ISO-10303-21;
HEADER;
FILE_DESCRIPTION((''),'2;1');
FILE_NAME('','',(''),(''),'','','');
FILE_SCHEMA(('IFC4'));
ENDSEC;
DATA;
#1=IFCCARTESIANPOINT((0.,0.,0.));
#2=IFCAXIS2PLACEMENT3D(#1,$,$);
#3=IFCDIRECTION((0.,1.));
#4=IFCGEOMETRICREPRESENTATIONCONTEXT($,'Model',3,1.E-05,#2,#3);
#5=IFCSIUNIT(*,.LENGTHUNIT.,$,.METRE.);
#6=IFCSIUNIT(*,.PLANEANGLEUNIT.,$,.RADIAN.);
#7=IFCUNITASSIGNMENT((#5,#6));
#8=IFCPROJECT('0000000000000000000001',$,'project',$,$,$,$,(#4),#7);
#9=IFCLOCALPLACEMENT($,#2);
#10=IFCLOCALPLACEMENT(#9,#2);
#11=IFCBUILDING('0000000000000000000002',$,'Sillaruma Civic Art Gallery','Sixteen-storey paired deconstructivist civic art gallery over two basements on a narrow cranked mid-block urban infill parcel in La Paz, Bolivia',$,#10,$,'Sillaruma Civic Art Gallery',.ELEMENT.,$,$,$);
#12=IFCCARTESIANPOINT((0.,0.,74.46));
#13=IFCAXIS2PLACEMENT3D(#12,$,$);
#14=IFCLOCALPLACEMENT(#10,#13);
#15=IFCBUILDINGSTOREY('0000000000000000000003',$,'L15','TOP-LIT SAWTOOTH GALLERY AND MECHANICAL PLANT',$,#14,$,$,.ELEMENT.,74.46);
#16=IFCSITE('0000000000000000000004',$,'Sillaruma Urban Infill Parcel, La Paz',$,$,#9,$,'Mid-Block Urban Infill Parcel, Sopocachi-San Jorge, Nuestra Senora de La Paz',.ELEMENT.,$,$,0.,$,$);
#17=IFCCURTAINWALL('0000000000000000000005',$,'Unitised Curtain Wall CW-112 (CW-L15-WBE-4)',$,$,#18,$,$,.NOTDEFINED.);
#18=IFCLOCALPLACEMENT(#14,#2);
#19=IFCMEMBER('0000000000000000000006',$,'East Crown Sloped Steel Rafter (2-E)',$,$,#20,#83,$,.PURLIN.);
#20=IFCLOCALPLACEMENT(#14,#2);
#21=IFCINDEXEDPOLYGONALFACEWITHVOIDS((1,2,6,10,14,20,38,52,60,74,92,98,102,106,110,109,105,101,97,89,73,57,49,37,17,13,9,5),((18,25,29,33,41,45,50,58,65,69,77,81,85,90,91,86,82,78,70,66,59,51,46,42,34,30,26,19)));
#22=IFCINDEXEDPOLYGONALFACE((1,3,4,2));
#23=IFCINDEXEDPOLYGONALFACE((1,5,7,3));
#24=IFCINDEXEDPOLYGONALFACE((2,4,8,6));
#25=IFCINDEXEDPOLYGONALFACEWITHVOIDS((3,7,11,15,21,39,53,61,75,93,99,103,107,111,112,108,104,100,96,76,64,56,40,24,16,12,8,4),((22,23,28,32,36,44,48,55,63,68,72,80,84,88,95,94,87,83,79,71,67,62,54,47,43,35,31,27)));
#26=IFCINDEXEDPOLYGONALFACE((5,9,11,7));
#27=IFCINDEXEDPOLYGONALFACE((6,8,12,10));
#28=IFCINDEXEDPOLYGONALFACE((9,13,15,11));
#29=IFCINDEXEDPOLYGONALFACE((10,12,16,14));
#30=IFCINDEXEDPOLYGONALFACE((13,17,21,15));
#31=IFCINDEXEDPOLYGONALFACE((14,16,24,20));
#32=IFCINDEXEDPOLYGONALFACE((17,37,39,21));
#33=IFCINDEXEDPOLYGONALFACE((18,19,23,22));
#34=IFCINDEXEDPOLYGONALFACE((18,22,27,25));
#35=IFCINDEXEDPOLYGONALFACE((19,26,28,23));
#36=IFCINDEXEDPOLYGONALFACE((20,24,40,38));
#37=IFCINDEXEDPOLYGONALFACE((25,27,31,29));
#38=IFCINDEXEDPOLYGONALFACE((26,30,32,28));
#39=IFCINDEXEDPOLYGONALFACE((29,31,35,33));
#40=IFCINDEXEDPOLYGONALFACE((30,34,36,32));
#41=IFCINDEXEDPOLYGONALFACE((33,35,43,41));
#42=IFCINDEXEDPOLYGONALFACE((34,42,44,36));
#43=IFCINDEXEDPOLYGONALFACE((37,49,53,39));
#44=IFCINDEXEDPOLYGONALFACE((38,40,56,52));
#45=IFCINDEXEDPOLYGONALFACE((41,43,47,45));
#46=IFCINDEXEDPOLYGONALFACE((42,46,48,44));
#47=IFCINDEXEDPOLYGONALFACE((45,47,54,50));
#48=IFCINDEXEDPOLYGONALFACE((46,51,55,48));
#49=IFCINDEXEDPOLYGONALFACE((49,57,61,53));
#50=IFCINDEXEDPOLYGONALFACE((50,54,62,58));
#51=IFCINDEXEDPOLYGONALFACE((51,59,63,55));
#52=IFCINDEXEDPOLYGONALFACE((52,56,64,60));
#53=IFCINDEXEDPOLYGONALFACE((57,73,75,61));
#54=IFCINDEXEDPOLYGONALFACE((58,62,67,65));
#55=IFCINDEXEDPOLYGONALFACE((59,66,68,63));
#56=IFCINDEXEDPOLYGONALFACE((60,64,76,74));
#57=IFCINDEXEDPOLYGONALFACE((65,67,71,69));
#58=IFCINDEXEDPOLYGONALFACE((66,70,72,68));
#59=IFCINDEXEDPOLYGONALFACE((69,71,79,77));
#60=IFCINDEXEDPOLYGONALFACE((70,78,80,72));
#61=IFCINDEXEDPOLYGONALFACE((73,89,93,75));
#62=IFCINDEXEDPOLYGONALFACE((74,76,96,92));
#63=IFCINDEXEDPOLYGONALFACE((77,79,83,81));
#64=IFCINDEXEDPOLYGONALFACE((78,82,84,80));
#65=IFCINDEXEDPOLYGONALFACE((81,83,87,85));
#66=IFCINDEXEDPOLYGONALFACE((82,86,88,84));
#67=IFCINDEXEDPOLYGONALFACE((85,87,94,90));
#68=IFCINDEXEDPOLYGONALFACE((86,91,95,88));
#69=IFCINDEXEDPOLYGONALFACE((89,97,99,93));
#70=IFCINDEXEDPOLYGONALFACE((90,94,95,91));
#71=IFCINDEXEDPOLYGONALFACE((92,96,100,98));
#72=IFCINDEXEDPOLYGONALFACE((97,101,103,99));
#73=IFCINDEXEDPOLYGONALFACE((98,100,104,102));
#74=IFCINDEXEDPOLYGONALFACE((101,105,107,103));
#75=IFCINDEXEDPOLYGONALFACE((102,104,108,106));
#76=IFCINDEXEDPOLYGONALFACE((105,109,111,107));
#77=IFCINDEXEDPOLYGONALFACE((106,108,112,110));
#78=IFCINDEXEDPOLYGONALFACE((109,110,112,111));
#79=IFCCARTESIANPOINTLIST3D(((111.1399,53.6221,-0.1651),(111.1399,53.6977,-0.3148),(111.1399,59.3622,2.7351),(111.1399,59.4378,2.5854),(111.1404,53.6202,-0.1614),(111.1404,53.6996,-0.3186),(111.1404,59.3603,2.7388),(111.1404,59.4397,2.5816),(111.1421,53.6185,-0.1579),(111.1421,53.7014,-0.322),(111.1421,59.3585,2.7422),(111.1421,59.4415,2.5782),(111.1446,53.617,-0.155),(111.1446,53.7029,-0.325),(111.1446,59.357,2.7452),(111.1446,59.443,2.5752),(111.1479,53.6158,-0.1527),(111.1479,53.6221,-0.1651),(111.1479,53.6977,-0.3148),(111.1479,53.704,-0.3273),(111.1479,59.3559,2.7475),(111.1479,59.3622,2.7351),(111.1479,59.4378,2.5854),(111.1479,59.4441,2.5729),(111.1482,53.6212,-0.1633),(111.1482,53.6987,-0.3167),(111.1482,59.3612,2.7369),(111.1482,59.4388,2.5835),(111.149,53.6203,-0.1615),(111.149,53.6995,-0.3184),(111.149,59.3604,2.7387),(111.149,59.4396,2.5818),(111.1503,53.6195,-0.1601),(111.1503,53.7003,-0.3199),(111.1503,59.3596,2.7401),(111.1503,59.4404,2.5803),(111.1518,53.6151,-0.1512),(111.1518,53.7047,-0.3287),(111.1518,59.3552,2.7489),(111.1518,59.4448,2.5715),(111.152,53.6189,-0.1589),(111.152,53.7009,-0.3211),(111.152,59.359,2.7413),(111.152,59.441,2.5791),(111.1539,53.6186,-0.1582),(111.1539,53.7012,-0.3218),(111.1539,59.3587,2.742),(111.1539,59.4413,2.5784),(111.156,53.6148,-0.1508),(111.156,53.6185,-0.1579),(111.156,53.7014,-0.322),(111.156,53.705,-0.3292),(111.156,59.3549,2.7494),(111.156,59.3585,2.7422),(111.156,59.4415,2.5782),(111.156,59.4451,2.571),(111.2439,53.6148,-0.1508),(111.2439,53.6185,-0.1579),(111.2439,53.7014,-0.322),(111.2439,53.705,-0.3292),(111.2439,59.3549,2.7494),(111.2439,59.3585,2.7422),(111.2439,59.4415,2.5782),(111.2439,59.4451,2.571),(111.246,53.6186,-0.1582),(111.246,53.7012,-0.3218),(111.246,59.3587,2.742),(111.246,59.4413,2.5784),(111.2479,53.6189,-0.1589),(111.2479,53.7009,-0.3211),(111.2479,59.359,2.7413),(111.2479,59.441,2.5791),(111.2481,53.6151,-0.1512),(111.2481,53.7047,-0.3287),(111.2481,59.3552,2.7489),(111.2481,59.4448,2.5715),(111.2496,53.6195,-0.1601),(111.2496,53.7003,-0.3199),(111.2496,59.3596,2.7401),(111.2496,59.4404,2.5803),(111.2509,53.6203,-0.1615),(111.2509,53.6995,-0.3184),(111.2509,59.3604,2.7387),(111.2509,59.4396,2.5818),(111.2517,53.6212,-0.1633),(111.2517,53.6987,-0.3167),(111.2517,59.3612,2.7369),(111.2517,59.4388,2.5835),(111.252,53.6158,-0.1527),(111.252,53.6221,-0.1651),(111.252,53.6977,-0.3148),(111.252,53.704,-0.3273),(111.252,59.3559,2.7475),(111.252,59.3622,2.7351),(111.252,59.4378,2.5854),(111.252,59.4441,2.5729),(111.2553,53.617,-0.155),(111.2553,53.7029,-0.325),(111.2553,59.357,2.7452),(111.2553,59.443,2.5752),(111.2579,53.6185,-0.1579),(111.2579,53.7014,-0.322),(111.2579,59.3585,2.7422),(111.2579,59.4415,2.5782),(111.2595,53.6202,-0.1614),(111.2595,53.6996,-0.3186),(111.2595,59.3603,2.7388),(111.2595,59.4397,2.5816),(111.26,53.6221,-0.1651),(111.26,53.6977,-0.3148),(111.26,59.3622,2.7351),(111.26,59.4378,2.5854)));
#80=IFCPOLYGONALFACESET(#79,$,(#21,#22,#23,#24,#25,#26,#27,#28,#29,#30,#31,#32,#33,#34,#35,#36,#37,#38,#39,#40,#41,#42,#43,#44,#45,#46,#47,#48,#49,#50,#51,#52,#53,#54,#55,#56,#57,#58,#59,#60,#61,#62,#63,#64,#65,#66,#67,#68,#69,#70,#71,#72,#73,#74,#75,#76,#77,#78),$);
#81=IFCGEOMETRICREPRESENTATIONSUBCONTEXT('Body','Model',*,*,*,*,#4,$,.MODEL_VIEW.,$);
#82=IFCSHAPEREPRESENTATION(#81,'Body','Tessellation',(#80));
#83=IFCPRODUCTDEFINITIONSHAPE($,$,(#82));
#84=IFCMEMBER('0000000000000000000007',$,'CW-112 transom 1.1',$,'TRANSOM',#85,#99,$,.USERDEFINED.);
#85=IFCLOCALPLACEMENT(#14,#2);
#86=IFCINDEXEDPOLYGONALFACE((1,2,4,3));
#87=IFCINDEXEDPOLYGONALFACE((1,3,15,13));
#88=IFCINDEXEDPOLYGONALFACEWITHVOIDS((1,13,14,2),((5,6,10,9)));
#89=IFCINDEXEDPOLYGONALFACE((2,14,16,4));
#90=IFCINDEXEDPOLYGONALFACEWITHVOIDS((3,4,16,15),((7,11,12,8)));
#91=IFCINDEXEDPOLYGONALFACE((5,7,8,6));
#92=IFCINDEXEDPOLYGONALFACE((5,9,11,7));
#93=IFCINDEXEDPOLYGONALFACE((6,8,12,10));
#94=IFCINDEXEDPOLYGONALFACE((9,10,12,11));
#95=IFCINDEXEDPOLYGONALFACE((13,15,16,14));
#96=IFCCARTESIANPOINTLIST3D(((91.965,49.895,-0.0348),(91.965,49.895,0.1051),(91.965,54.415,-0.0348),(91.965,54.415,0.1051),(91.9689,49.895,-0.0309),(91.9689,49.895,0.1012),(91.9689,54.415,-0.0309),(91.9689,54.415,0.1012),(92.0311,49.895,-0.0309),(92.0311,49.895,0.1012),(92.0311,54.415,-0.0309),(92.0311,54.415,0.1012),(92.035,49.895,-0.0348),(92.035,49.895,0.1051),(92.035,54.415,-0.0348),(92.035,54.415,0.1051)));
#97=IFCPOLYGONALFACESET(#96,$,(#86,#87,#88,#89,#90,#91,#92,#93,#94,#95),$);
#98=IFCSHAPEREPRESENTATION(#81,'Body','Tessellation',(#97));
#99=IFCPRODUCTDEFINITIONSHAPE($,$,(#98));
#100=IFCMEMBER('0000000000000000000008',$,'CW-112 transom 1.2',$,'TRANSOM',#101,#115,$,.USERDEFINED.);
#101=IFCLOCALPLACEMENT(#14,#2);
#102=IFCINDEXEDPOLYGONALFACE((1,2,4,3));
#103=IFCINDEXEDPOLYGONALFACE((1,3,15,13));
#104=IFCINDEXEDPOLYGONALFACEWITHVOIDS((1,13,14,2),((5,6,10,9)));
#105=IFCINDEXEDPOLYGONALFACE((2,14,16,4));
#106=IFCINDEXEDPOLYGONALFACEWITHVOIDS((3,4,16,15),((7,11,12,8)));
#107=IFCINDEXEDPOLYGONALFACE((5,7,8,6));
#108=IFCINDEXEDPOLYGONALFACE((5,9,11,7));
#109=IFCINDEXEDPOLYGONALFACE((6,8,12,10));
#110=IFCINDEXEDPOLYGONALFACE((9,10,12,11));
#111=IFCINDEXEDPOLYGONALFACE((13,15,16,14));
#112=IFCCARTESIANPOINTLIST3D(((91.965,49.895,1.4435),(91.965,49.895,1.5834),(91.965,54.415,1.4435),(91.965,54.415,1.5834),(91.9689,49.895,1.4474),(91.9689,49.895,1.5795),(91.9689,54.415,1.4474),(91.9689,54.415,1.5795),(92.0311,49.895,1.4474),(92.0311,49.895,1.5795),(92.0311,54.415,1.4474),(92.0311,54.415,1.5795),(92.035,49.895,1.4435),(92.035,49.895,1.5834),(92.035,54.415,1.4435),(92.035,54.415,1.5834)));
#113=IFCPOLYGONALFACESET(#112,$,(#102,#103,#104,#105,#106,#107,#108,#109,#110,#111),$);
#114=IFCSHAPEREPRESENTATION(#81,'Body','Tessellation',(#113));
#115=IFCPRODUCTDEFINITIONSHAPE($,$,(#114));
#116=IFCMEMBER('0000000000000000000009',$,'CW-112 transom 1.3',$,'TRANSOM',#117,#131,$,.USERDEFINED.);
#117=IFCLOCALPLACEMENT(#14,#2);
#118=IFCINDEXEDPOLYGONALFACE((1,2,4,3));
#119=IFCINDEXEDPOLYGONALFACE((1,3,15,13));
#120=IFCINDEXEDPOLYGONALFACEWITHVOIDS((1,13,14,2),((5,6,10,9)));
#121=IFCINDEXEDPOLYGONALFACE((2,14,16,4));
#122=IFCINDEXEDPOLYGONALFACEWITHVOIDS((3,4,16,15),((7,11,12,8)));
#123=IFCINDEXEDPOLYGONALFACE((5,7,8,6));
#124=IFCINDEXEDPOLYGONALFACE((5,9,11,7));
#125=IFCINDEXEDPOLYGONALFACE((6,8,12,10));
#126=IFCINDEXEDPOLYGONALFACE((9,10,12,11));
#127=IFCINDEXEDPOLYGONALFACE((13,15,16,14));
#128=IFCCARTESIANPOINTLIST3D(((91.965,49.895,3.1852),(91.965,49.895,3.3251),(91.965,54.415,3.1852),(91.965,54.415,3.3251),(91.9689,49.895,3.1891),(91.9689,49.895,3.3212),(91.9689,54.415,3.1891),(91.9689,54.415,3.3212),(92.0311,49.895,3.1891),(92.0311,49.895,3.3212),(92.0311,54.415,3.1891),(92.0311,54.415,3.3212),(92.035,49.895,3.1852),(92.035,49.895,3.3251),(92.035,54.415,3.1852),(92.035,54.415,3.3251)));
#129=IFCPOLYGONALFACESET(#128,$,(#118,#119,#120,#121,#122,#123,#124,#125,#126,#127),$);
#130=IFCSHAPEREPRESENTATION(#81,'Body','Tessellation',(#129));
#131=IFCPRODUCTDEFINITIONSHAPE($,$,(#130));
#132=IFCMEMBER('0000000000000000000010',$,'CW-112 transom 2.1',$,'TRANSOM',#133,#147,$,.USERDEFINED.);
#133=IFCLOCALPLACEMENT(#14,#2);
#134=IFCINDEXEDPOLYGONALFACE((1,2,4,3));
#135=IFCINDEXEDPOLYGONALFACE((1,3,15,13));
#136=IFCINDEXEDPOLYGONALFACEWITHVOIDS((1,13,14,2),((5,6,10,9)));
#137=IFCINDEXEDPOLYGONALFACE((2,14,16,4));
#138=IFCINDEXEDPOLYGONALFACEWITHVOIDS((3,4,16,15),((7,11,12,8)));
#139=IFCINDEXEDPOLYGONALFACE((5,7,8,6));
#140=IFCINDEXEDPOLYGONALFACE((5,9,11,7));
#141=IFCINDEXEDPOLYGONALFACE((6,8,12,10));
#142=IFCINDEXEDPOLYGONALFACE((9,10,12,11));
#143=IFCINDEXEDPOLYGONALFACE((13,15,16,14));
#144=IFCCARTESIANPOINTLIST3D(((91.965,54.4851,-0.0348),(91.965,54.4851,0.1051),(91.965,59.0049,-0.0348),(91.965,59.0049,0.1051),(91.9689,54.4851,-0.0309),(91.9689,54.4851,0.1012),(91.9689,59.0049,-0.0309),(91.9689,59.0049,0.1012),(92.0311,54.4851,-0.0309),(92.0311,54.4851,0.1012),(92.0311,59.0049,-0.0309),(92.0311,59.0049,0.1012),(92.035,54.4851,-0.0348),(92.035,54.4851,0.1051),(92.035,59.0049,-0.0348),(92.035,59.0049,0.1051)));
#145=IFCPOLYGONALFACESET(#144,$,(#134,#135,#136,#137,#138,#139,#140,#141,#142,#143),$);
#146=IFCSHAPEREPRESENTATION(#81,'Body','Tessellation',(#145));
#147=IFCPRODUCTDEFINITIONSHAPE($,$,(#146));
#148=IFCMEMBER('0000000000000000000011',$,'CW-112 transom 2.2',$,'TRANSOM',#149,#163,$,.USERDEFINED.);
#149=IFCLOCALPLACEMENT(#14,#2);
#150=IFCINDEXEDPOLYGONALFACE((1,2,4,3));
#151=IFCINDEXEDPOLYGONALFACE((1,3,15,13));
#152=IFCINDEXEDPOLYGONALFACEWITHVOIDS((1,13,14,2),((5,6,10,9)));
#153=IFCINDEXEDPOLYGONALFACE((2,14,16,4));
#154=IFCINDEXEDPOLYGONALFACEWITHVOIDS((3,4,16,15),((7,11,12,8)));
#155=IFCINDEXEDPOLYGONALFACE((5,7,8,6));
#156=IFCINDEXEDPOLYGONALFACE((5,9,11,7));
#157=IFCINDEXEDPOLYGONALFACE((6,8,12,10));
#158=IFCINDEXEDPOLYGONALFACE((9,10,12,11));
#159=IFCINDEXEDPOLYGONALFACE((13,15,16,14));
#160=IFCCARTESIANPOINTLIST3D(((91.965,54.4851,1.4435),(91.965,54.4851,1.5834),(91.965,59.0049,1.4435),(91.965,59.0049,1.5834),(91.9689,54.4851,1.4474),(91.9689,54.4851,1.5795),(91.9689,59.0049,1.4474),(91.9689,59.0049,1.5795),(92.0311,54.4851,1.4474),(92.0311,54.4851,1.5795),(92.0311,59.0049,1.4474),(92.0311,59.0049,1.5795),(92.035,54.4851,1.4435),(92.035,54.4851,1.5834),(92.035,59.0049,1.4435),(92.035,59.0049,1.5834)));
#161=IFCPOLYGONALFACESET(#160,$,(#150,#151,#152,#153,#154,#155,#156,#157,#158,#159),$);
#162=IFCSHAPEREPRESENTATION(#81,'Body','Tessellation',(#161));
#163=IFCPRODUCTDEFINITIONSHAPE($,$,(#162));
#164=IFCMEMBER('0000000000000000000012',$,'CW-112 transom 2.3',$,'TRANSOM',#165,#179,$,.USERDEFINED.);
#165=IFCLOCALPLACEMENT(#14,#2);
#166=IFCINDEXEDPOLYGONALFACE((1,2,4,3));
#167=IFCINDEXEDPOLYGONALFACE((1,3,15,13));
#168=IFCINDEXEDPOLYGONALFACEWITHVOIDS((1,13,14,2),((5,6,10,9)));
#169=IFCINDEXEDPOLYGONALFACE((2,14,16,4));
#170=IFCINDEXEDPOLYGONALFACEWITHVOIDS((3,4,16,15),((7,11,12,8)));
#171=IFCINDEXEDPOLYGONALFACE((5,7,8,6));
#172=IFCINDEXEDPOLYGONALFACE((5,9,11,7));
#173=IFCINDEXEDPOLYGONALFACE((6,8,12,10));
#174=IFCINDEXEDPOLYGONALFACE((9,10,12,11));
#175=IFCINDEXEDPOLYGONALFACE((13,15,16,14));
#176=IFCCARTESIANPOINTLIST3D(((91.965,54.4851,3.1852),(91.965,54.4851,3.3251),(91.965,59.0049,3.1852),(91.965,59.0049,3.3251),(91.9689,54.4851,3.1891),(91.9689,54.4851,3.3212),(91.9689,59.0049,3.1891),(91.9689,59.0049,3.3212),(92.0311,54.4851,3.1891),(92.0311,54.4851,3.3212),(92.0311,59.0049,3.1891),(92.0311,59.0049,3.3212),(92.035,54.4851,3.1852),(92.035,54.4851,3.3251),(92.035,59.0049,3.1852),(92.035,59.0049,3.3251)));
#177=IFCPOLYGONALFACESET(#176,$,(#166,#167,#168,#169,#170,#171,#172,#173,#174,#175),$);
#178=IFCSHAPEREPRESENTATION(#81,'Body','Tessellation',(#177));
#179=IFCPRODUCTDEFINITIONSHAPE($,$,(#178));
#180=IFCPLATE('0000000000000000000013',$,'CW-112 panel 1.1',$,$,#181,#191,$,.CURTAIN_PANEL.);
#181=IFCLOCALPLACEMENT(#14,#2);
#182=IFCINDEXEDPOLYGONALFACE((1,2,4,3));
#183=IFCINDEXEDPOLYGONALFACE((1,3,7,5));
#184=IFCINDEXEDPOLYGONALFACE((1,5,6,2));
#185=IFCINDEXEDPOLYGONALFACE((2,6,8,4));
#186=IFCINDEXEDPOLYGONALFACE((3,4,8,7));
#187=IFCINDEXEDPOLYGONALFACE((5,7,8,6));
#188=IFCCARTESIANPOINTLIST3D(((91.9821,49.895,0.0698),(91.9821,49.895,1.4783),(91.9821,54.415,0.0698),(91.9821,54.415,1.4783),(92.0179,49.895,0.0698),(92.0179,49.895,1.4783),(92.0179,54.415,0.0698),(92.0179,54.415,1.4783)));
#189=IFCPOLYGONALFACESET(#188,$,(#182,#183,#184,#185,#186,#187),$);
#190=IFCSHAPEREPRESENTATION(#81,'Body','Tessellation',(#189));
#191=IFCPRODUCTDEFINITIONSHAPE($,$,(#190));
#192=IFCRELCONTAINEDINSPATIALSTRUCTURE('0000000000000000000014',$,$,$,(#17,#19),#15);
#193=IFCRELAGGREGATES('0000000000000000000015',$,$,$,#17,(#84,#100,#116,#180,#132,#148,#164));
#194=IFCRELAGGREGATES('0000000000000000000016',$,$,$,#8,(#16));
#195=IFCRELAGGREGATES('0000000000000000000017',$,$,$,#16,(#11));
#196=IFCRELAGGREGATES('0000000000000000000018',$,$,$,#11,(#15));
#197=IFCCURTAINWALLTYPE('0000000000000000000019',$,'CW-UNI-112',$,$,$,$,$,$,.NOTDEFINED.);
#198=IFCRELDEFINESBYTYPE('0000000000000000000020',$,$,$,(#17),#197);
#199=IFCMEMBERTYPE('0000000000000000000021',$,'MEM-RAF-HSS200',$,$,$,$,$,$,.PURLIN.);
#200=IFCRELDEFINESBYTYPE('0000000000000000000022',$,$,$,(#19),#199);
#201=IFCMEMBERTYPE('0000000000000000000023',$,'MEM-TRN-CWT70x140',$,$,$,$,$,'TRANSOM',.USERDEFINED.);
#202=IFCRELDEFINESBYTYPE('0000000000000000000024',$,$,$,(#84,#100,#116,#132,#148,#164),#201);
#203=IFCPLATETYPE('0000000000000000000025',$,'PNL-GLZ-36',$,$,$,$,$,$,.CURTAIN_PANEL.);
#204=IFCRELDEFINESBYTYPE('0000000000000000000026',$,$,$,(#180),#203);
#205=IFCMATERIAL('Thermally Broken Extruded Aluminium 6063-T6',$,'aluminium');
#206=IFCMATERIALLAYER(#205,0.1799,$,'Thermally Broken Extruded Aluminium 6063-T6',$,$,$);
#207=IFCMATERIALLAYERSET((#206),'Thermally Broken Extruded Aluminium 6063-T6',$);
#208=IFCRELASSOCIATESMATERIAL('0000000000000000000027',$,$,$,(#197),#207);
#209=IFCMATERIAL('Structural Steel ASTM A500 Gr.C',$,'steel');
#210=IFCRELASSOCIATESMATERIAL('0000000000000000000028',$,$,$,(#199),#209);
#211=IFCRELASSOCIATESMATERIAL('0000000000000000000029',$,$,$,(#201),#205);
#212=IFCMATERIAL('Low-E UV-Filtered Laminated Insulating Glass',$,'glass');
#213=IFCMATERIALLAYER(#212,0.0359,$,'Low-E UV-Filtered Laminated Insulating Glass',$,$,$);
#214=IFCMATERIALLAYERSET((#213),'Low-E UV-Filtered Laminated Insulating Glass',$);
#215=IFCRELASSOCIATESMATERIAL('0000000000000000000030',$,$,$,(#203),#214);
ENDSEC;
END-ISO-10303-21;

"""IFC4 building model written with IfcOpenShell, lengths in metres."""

from ifc_helpers import new_model, si_unit, direction, frame, origin, origin_2d, place, context, subcontext, project, spatial, rectangle, hollow_rectangle, extrude, material, layer, layer_set, material_profile, profile_set, type_object, element, aggregate, save


model = new_model("IFC4")

# Units and contexts
model_context = context("Model", 3, precision=1e-05, world=origin(), true_north=direction((0.0, 1.0)))
body_context = subcontext(model_context, "Body", "Model", "MODEL_VIEW")
ifc_project = project(units=[si_unit("LENGTHUNIT", "METRE"), si_unit("PLANEANGLEUNIT", "RADIAN")], contexts=[model_context])

# Site, building, storey
site_placement = place(None, origin())
site = spatial("IfcSite", under=ifc_project, at=site_placement, Name="Sillaruma Urban Infill Parcel, La Paz", LongName="Mid-Block Urban Infill Parcel, Sopocachi-San Jorge, Nuestra Senora de La Paz", CompositionType="ELEMENT", RefElevation=0.0)
building_placement = place(site_placement, origin())
building = spatial("IfcBuilding", under=site, at=building_placement, Name="Sillaruma Civic Art Gallery", Description="Sixteen-storey paired deconstructivist civic art gallery over two basements on a narrow cranked mid-block urban infill parcel in La Paz, Bolivia", LongName="Sillaruma Civic Art Gallery", CompositionType="ELEMENT")
storey_placement = place(building_placement, frame((0.0, 0.0, 74.46)))
storey = spatial("IfcBuildingStorey", under=building, at=storey_placement, Name="L15", Description="TOP-LIT SAWTOOTH GALLERY AND MECHANICAL PLANT", CompositionType="ELEMENT", Elevation=74.46)

# Curtain wall
ifc_material_1 = material(Name="Thermally Broken Extruded Aluminium 6063-T6", Category="aluminium")
ifc_layer_1 = layer(ifc_material_1, 0.1799, Name="Thermally Broken Extruded Aluminium 6063-T6")
ifc_layer_set_1 = layer_set([ifc_layer_1], Name="Thermally Broken Extruded Aluminium 6063-T6")
curtain_wall_type = type_object("IfcCurtainWallType", Name="CW-UNI-112", PredefinedType="NOTDEFINED", material=ifc_layer_set_1)
curtain_wall_placement = place(storey_placement, origin())
curtain_wall = element("IfcCurtainWall", 1, at=curtain_wall_placement, inside=storey, type_object=curtain_wall_type, Name="Unitised Curtain Wall CW-112 (CW-L15-WBE-4)", PredefinedType="NOTDEFINED")

# Member
ifc_material_2 = material(Name="Structural Steel ASTM A500 Gr.C", Category="steel")
ifc_material_profile_1 = material_profile(ifc_material_2, hollow_rectangle(XDim=0.1201, YDim=0.2, WallThickness=0.0081, InnerFilletRadius=0.0081, OuterFilletRadius=0.0161, at=origin_2d()), Name="HSS200x120x8")
ifc_profile_set_1 = profile_set([ifc_material_profile_1], Name="Structural Steel ASTM A500 Gr.C")
member_type_1 = type_object("IfcMemberType", Name="MEM-RAF-HSS200", PredefinedType="PURLIN", material=ifc_profile_set_1)
for number, where, z_axis, x_axis, name in (
    (2, (111.2, 53.6599, -0.24), (0.0, 0.892544, 0.45096), (-1.0, 0.0, 0.0), "East Crown Sloped Steel Rafter (2-E)"),
):
    element("IfcMember", number, at=place(storey_placement, frame(where, z_axis=z_axis, x_axis=x_axis)), inside=storey, type_object=member_type_1, Name=name, PredefinedType="PURLIN", context=body_context, shape_type="SweptSolid", body=[
        extrude(hollow_rectangle(XDim=0.1201, YDim=0.2, WallThickness=0.0081, InnerFilletRadius=0.0081, OuterFilletRadius=0.0161, at=origin_2d()), origin(), (0.0, 0.0, 1.0), 6.4312),
    ])

# Members
ifc_material_profile_2 = material_profile(ifc_material_1, hollow_rectangle(XDim=0.0701, YDim=0.1399, WallThickness=0.0039, at=origin_2d()), Name="CWT70x140")
ifc_profile_set_2 = profile_set([ifc_material_profile_2], Name="Thermally Broken Extruded Aluminium 6063-T6")
member_type_2 = type_object("IfcMemberType", Name="MEM-TRN-CWT70x140", ElementType="TRANSOM", PredefinedType="USERDEFINED", material=ifc_profile_set_2)
member_1_placement = place(storey_placement, frame((92.0, 49.895, 0.0352), z_axis=(0.0, 1.0, 0.0), x_axis=(-1.0, 0.0, 0.0)))
member_1 = element("IfcMember", 3, at=member_1_placement, type_object=member_type_2, Name="CW-112 transom 1.1", ObjectType="TRANSOM", PredefinedType="USERDEFINED", context=body_context, shape_type="SweptSolid", body=[
    extrude(hollow_rectangle(XDim=0.0701, YDim=0.1399, WallThickness=0.0039, at=origin_2d()), origin(), (0.0, 0.0, 1.0), 4.52),
])
member_2_placement = place(storey_placement, frame((92.0, 49.895, 1.5134), z_axis=(0.0, 1.0, 0.0), x_axis=(-1.0, 0.0, 0.0)))
member_2 = element("IfcMember", 4, at=member_2_placement, type_object=member_type_2, Name="CW-112 transom 1.2", ObjectType="TRANSOM", PredefinedType="USERDEFINED", context=body_context, shape_type="SweptSolid", body=[
    extrude(hollow_rectangle(XDim=0.0701, YDim=0.1399, WallThickness=0.0039, at=origin_2d()), origin(), (0.0, 0.0, 1.0), 4.52),
])
member_3_placement = place(storey_placement, frame((92.0, 49.895, 3.2551), z_axis=(0.0, 1.0, 0.0), x_axis=(-1.0, 0.0, 0.0)))
member_3 = element("IfcMember", 5, at=member_3_placement, type_object=member_type_2, Name="CW-112 transom 1.3", ObjectType="TRANSOM", PredefinedType="USERDEFINED", context=body_context, shape_type="SweptSolid", body=[
    extrude(hollow_rectangle(XDim=0.0701, YDim=0.1399, WallThickness=0.0039, at=origin_2d()), origin(), (0.0, 0.0, 1.0), 4.52),
])
member_4_placement = place(storey_placement, frame((92.0, 54.4851, 0.0352), z_axis=(0.0, 1.0, 0.0), x_axis=(-1.0, 0.0, 0.0)))
member_4 = element("IfcMember", 6, at=member_4_placement, type_object=member_type_2, Name="CW-112 transom 2.1", ObjectType="TRANSOM", PredefinedType="USERDEFINED", context=body_context, shape_type="SweptSolid", body=[
    extrude(hollow_rectangle(XDim=0.0701, YDim=0.1399, WallThickness=0.0039, at=origin_2d()), origin(), (0.0, 0.0, 1.0), 4.5198),
])
member_5_placement = place(storey_placement, frame((92.0, 54.4851, 1.5134), z_axis=(0.0, 1.0, 0.0), x_axis=(-1.0, 0.0, 0.0)))
member_5 = element("IfcMember", 7, at=member_5_placement, type_object=member_type_2, Name="CW-112 transom 2.2", ObjectType="TRANSOM", PredefinedType="USERDEFINED", context=body_context, shape_type="SweptSolid", body=[
    extrude(hollow_rectangle(XDim=0.0701, YDim=0.1399, WallThickness=0.0039, at=origin_2d()), origin(), (0.0, 0.0, 1.0), 4.5198),
])
member_6_placement = place(storey_placement, frame((92.0, 54.4851, 3.2551), z_axis=(0.0, 1.0, 0.0), x_axis=(-1.0, 0.0, 0.0)))
member_6 = element("IfcMember", 8, at=member_6_placement, type_object=member_type_2, Name="CW-112 transom 2.3", ObjectType="TRANSOM", PredefinedType="USERDEFINED", context=body_context, shape_type="SweptSolid", body=[
    extrude(hollow_rectangle(XDim=0.0701, YDim=0.1399, WallThickness=0.0039, at=origin_2d()), origin(), (0.0, 0.0, 1.0), 4.5198),
])

# Plate
ifc_material_3 = material(Name="Low-E UV-Filtered Laminated Insulating Glass", Category="glass")
ifc_layer_2 = layer(ifc_material_3, 0.0359, Name="Low-E UV-Filtered Laminated Insulating Glass")
ifc_layer_set_2 = layer_set([ifc_layer_2], Name="Low-E UV-Filtered Laminated Insulating Glass")
plate_type = type_object("IfcPlateType", Name="PNL-GLZ-36", PredefinedType="CURTAIN_PANEL", material=ifc_layer_set_2)
plate_1_placement = place(storey_placement, frame((92.0, 52.155, 0.0698), z_axis=(0.0, 0.0, 1.0), x_axis=(0.0, 1.0, 0.0)))
plate_1 = element("IfcPlate", 9, at=plate_1_placement, type_object=plate_type, Name="CW-112 panel 1.1", PredefinedType="CURTAIN_PANEL", context=body_context, shape_type="SweptSolid", body=[
    extrude(rectangle(XDim=4.52, YDim=0.0359, at=origin_2d()), origin(), (0.0, 0.0, 1.0), 1.4084),
])
aggregate(curtain_wall, [member_1, member_2, member_3, plate_1, member_4, member_5, member_6])

save(model, "model.ifc")
